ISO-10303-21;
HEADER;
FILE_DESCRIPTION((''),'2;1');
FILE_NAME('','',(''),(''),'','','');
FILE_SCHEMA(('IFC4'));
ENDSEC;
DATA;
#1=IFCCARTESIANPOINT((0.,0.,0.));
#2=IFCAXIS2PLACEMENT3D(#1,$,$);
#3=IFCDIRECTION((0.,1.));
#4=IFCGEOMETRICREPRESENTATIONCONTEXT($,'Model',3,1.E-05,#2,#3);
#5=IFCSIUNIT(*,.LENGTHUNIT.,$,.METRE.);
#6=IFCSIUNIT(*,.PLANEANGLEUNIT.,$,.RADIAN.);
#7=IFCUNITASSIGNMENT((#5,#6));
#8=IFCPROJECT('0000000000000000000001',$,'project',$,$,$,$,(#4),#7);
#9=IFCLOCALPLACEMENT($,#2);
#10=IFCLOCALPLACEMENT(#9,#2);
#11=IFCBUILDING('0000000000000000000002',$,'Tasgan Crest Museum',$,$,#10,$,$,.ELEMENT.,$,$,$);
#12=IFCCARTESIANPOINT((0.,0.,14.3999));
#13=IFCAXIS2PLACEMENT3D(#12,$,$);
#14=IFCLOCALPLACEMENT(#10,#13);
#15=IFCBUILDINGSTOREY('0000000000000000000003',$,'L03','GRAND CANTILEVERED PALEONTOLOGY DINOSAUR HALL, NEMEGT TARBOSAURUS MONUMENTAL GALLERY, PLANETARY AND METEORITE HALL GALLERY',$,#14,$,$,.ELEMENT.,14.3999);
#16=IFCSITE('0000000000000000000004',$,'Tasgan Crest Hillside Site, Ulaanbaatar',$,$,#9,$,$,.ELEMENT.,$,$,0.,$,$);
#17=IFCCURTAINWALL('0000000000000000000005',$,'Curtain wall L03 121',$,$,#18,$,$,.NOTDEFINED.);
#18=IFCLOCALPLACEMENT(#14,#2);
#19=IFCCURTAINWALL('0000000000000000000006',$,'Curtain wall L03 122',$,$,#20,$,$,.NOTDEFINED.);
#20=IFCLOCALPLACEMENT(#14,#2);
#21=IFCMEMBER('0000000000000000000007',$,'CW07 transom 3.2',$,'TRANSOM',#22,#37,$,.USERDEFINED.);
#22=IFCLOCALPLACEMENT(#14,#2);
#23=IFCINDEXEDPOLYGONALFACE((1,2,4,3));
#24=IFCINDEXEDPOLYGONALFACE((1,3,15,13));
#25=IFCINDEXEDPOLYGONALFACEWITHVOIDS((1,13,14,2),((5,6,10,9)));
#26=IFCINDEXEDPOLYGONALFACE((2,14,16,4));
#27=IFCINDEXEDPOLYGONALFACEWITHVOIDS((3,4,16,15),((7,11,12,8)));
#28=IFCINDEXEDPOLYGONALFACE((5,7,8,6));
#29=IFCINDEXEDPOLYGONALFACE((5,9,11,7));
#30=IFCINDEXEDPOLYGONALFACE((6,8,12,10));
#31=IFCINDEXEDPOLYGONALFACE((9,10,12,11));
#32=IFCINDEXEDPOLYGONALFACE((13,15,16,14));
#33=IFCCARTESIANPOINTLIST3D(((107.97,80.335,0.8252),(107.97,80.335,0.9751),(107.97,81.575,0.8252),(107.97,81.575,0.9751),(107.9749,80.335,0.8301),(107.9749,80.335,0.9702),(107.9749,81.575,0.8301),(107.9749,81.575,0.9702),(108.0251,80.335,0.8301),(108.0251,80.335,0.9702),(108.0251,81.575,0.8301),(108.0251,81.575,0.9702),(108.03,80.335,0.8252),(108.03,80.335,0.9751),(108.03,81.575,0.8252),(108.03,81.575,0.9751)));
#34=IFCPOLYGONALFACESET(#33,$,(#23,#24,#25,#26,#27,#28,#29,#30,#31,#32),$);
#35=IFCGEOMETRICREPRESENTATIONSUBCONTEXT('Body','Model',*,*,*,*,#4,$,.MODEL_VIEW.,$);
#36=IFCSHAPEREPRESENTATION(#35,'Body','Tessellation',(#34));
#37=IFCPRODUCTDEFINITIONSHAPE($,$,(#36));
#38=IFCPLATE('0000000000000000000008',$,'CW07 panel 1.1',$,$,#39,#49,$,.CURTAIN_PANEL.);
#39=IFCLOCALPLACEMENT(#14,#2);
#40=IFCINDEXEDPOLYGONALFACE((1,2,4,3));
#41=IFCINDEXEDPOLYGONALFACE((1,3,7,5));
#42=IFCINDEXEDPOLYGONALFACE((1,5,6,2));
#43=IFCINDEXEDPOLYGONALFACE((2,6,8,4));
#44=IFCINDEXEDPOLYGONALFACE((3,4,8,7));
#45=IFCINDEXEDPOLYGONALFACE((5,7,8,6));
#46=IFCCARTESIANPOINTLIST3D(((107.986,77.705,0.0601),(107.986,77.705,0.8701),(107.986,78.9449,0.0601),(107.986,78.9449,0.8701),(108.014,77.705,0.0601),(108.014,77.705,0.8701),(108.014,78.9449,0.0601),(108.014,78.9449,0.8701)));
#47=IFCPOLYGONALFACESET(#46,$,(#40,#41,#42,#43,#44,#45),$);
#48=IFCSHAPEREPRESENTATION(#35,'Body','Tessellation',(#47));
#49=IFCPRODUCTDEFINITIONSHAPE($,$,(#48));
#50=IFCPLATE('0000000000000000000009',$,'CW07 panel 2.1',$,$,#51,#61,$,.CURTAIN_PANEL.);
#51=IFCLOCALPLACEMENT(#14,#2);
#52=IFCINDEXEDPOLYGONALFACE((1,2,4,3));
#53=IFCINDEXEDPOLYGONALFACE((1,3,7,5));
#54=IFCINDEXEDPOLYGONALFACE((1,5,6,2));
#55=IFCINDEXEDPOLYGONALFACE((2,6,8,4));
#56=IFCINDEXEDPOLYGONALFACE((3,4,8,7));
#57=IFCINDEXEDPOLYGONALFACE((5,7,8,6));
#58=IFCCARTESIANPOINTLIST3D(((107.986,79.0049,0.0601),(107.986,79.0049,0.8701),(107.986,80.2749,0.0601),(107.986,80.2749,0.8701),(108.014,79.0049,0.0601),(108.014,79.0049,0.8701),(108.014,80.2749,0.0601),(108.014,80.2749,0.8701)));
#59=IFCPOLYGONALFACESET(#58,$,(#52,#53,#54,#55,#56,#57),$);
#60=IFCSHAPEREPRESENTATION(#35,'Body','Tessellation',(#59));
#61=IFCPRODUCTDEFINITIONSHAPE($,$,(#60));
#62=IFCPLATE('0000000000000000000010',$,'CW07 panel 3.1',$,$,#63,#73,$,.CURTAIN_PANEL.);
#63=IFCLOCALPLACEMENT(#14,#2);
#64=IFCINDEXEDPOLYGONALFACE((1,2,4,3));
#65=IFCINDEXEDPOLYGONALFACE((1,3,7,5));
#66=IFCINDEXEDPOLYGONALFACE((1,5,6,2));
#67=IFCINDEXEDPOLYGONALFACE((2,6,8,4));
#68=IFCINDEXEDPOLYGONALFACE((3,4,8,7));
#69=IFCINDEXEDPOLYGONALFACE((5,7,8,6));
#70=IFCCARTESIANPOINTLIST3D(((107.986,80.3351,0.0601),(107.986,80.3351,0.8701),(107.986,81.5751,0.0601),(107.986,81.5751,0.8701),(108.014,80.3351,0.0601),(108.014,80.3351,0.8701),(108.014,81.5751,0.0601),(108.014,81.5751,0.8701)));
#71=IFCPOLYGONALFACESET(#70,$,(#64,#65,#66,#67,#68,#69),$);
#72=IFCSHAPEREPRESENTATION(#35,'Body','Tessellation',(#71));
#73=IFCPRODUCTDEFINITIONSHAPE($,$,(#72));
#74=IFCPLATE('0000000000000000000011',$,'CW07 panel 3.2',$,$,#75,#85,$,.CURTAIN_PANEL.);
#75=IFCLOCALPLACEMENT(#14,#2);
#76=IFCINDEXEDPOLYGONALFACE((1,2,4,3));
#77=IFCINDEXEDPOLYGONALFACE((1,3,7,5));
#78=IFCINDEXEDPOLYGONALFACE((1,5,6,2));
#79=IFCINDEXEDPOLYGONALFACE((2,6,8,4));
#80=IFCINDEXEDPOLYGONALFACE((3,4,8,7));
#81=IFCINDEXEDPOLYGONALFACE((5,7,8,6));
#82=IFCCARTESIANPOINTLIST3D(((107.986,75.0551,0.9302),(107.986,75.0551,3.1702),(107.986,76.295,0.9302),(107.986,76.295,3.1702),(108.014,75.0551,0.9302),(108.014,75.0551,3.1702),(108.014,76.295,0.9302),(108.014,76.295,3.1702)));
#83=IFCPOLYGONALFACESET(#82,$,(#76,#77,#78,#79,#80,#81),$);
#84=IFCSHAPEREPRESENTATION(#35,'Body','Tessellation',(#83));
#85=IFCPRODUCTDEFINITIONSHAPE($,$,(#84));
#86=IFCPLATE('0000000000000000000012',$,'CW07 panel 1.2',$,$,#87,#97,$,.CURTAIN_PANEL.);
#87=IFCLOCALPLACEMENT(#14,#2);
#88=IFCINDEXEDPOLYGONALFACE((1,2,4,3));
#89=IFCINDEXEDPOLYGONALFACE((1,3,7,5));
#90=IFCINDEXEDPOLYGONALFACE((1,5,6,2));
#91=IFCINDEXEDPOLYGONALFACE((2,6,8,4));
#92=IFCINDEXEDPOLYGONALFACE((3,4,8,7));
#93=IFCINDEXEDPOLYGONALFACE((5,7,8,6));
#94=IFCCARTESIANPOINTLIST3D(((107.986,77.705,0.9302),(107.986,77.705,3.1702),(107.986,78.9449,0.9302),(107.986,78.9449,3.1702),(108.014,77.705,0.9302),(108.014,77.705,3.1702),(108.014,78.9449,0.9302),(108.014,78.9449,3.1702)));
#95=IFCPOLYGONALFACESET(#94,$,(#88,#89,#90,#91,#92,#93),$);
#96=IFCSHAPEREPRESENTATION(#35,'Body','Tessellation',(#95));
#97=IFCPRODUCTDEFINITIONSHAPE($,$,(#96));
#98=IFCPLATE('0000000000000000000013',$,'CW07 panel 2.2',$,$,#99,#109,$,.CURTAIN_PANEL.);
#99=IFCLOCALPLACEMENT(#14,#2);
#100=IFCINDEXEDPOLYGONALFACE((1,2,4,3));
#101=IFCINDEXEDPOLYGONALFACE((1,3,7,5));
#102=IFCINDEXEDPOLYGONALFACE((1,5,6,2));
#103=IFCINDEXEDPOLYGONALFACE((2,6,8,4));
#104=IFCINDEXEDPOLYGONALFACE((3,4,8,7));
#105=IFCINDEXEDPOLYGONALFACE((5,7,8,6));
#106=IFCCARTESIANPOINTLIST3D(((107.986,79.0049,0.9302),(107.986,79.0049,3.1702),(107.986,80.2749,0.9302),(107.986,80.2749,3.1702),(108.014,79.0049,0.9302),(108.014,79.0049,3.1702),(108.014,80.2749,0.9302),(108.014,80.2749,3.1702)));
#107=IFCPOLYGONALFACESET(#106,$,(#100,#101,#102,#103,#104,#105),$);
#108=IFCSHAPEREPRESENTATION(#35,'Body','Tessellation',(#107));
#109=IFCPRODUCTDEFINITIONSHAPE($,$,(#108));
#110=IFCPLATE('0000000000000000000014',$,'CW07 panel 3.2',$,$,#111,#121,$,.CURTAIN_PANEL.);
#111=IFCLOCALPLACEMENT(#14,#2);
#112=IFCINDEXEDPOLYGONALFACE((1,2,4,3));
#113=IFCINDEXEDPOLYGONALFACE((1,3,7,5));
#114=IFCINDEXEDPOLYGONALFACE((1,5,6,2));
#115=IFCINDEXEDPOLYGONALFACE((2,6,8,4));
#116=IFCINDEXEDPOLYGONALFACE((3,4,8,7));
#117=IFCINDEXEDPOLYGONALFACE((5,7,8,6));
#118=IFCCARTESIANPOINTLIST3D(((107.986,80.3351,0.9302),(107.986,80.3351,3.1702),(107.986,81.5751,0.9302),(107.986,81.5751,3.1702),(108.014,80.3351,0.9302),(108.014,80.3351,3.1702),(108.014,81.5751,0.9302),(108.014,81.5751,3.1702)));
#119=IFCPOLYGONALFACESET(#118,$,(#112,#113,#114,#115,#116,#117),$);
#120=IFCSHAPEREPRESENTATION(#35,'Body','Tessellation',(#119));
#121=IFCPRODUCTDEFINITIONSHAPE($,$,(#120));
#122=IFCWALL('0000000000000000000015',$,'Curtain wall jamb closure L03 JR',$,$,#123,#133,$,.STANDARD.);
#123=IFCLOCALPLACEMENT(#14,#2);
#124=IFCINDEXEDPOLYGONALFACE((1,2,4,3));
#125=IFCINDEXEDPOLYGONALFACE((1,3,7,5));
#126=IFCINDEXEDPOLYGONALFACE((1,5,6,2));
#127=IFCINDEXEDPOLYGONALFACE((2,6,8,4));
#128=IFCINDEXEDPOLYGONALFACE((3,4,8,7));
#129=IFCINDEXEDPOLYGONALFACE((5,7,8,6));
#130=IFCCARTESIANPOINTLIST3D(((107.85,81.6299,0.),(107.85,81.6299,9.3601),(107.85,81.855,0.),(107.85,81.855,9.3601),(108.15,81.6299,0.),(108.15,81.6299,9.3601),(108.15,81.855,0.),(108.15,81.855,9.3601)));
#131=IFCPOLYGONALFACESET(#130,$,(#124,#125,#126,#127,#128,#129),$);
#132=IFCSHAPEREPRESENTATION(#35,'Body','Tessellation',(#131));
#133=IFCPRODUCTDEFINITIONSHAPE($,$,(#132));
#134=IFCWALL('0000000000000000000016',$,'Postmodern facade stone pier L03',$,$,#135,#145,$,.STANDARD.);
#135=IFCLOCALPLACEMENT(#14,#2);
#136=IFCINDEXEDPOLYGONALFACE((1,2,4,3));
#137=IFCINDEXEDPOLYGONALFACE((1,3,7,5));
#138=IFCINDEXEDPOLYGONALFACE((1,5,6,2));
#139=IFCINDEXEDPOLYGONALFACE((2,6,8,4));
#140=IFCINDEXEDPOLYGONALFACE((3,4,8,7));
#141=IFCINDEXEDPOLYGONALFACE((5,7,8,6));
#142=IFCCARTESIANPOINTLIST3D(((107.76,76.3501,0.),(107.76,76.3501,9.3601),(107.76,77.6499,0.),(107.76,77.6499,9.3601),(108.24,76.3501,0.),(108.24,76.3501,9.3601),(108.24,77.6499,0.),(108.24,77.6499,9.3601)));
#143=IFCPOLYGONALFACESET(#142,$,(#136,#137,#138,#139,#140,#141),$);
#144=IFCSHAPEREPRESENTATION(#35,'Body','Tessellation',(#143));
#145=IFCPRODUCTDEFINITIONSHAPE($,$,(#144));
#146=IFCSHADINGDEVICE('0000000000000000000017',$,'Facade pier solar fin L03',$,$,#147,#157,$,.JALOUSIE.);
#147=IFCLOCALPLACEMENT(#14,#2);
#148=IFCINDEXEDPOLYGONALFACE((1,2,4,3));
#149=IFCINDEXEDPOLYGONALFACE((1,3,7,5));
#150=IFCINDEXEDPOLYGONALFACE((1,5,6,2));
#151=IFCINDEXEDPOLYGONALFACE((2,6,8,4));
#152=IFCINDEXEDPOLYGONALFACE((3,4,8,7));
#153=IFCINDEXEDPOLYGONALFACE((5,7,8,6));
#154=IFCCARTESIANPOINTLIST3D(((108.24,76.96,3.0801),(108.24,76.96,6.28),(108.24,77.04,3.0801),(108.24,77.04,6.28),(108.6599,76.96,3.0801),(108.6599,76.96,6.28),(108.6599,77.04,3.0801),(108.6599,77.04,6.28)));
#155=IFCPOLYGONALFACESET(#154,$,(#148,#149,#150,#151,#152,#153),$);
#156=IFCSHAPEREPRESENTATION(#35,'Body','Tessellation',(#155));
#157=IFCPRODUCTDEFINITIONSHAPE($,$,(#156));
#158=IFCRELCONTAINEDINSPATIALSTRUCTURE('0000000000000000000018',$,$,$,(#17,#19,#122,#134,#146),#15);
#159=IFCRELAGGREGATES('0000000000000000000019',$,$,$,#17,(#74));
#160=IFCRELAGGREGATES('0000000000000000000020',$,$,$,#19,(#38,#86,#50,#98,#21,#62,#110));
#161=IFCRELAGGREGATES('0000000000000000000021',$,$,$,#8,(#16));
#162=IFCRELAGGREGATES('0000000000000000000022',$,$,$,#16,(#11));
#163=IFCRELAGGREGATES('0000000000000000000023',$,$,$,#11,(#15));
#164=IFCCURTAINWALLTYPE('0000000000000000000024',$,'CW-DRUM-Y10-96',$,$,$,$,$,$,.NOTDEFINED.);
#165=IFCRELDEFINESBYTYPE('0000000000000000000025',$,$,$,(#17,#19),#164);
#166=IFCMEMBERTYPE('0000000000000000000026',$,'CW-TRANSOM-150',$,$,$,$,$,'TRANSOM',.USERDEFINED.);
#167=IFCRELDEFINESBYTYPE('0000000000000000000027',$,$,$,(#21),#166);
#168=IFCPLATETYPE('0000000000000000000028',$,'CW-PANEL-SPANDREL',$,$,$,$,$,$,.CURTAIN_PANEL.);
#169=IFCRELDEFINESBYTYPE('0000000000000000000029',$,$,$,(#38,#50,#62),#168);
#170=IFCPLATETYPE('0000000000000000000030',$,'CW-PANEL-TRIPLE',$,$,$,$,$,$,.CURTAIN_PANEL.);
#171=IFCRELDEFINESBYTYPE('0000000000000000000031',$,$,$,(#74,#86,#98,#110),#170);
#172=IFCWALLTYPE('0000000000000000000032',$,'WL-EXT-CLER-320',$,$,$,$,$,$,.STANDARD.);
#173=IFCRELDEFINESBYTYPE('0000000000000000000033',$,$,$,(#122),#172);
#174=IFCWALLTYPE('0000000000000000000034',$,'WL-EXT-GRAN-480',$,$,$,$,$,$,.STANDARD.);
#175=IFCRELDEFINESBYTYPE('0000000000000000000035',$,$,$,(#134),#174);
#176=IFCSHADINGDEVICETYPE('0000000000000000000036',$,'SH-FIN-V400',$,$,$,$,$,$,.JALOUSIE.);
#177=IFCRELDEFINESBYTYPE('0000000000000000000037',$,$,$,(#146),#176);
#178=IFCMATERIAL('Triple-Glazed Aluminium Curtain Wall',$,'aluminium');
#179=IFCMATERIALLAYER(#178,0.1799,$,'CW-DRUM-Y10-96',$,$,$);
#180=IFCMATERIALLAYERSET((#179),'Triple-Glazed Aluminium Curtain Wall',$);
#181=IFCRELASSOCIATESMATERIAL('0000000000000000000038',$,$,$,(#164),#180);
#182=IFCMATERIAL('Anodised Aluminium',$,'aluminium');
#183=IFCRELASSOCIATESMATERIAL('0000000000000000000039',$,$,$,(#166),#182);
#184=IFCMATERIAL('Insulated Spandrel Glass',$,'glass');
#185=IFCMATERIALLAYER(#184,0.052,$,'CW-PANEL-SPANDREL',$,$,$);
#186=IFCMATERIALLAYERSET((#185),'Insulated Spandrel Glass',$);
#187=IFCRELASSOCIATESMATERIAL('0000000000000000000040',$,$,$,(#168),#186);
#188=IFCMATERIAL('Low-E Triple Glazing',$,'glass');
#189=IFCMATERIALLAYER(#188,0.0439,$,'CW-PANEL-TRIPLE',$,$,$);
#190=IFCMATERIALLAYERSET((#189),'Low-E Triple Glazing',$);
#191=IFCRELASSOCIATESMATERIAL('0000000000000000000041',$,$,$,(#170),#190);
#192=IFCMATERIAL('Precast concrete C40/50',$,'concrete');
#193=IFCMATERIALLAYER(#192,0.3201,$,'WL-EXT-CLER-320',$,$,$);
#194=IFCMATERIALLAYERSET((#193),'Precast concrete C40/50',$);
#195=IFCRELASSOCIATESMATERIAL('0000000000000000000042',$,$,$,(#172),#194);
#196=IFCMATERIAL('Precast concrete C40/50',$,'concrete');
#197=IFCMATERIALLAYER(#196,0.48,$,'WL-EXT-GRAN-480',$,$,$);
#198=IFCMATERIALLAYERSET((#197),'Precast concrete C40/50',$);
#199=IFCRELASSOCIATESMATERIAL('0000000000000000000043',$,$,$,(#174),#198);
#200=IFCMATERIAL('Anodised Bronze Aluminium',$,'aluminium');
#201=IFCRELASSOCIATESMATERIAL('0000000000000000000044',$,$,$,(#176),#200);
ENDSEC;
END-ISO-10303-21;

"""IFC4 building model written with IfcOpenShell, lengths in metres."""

from ifc_helpers import new_model, si_unit, direction, frame, frame_2d, origin, origin_2d, place, context, subcontext, project, spatial, rectangle, hollow_rectangle, extrude, material, layer, layer_set, material_profile, profile_set, type_object, element, aggregate, save


model = new_model("IFC4")

# Units and contexts
model_context = context("Model", 3, precision=1e-05, world=origin(), true_north=direction((0.0, 1.0)))
body_context = subcontext(model_context, "Body", "Model", "MODEL_VIEW")
ifc_project = project(units=[si_unit("LENGTHUNIT", "METRE"), si_unit("PLANEANGLEUNIT", "RADIAN")], contexts=[model_context])

# Site, building, storey
site_placement = place(None, origin())
site = spatial("IfcSite", under=ifc_project, at=site_placement, Name="Tasgan Crest Hillside Site, Ulaanbaatar", CompositionType="ELEMENT", RefElevation=0.0)
building_placement = place(site_placement, origin())
building = spatial("IfcBuilding", under=site, at=building_placement, Name="Tasgan Crest Museum", CompositionType="ELEMENT")
storey_placement = place(building_placement, frame((0.0, 0.0, 14.3999)))
storey = spatial("IfcBuildingStorey", under=building, at=storey_placement, Name="L03", Description="GRAND CANTILEVERED PALEONTOLOGY DINOSAUR HALL, NEMEGT TARBOSAURUS MONUMENTAL GALLERY, PLANETARY AND METEORITE HALL GALLERY", CompositionType="ELEMENT", Elevation=14.3999)

# Curtain wall
ifc_material_1 = material(Name="Triple-Glazed Aluminium Curtain Wall", Category="aluminium")
ifc_layer_1 = layer(ifc_material_1, 0.1799, Name="CW-DRUM-Y10-96")
ifc_layer_set_1 = layer_set([ifc_layer_1], Name="Triple-Glazed Aluminium Curtain Wall")
curtain_wall_type = type_object("IfcCurtainWallType", Name="CW-DRUM-Y10-96", PredefinedType="NOTDEFINED", material=ifc_layer_set_1)
curtain_wall_1_placement = place(storey_placement, origin())
curtain_wall_1 = element("IfcCurtainWall", 1, at=curtain_wall_1_placement, inside=storey, type_object=curtain_wall_type, Name="Curtain wall L03 121", PredefinedType="NOTDEFINED")

# Curtain wall, member, plates
curtain_wall_2_placement = place(storey_placement, origin())
curtain_wall_2 = element("IfcCurtainWall", 2, at=curtain_wall_2_placement, inside=storey, type_object=curtain_wall_type, Name="Curtain wall L03 122", PredefinedType="NOTDEFINED")
ifc_material_2 = material(Name="Anodised Aluminium", Category="aluminium")
ifc_material_profile_1 = material_profile(ifc_material_2, hollow_rectangle(XDim=0.0601, YDim=0.1499, WallThickness=0.0049, at=origin_2d()), Name="ALU TRANSOM 150x60x5")
ifc_profile_set_1 = profile_set([ifc_material_profile_1], Name="Anodised Aluminium")
member_type_1 = type_object("IfcMemberType", Name="CW-TRANSOM-150", ElementType="TRANSOM", PredefinedType="USERDEFINED", material=ifc_profile_set_1)
member_1_placement = place(storey_placement, frame((108.0, 80.335, 0.9001), z_axis=(0.0, 1.0, 0.0), x_axis=(-1.0, 0.0, 0.0)))
member_1 = element("IfcMember", 3, at=member_1_placement, type_object=member_type_1, Name="CW07 transom 3.2", ObjectType="TRANSOM", PredefinedType="USERDEFINED", context=body_context, shape_type="SweptSolid", body=[
    extrude(hollow_rectangle(XDim=0.0601, YDim=0.1499, WallThickness=0.0049, at=origin_2d()), origin(), (0.0, 0.0, 1.0), 1.24),
])
ifc_material_3 = material(Name="Insulated Spandrel Glass", Category="glass")
ifc_layer_2 = layer(ifc_material_3, 0.052, Name="CW-PANEL-SPANDREL")
ifc_layer_set_2 = layer_set([ifc_layer_2], Name="Insulated Spandrel Glass")
plate_type_1 = type_object("IfcPlateType", Name="CW-PANEL-SPANDREL", PredefinedType="CURTAIN_PANEL", material=ifc_layer_set_2)
plate_1_placement = place(storey_placement, frame((108.0, 78.325, 0.0601), z_axis=(0.0, 0.0, 1.0), x_axis=(0.0, 1.0, 0.0)))
plate_1 = element("IfcPlate", 4, at=plate_1_placement, type_object=plate_type_1, Name="CW07 panel 1.1", PredefinedType="CURTAIN_PANEL", context=body_context, shape_type="SweptSolid", body=[
    extrude(rectangle(XDim=1.24, YDim=0.0281, at=origin_2d()), origin(), (0.0, 0.0, 1.0), 0.8101),
])
plate_2_placement = place(storey_placement, frame((108.0, 79.6399, 0.0601), z_axis=(0.0, 0.0, 1.0), x_axis=(0.0, 1.0, 0.0)))
plate_2 = element("IfcPlate", 5, at=plate_2_placement, type_object=plate_type_1, Name="CW07 panel 2.1", PredefinedType="CURTAIN_PANEL", context=body_context, shape_type="SweptSolid", body=[
    extrude(rectangle(XDim=1.27, YDim=0.0281, at=origin_2d()), origin(), (0.0, 0.0, 1.0), 0.8101),
])
plate_3_placement = place(storey_placement, frame((108.0, 80.9551, 0.0601), z_axis=(0.0, 0.0, 1.0), x_axis=(0.0, 1.0, 0.0)))
plate_3 = element("IfcPlate", 6, at=plate_3_placement, type_object=plate_type_1, Name="CW07 panel 3.1", PredefinedType="CURTAIN_PANEL", context=body_context, shape_type="SweptSolid", body=[
    extrude(rectangle(XDim=1.24, YDim=0.0281, at=origin_2d()), origin(), (0.0, 0.0, 1.0), 0.8101),
])

# Plates
ifc_material_4 = material(Name="Low-E Triple Glazing", Category="glass")
ifc_layer_3 = layer(ifc_material_4, 0.0439, Name="CW-PANEL-TRIPLE")
ifc_layer_set_3 = layer_set([ifc_layer_3], Name="Low-E Triple Glazing")
plate_type_2 = type_object("IfcPlateType", Name="CW-PANEL-TRIPLE", PredefinedType="CURTAIN_PANEL", material=ifc_layer_set_3)
plate_4_placement = place(storey_placement, frame((108.0, 75.675, 0.9302), z_axis=(0.0, 0.0, 1.0), x_axis=(0.0, 1.0, 0.0)))
plate_4 = element("IfcPlate", 7, at=plate_4_placement, type_object=plate_type_2, Name="CW07 panel 3.2", PredefinedType="CURTAIN_PANEL", context=body_context, shape_type="SweptSolid", body=[
    extrude(rectangle(XDim=1.24, YDim=0.0281, at=origin_2d()), origin(), (0.0, 0.0, 1.0), 2.24),
])
aggregate(curtain_wall_1, [plate_4])
plate_5_placement = place(storey_placement, frame((108.0, 78.325, 0.9302), z_axis=(0.0, 0.0, 1.0), x_axis=(0.0, 1.0, 0.0)))
plate_5 = element("IfcPlate", 8, at=plate_5_placement, type_object=plate_type_2, Name="CW07 panel 1.2", PredefinedType="CURTAIN_PANEL", context=body_context, shape_type="SweptSolid", body=[
    extrude(rectangle(XDim=1.24, YDim=0.0281, at=origin_2d()), origin(), (0.0, 0.0, 1.0), 2.24),
])
plate_6_placement = place(storey_placement, frame((108.0, 79.6399, 0.9302), z_axis=(0.0, 0.0, 1.0), x_axis=(0.0, 1.0, 0.0)))
plate_6 = element("IfcPlate", 9, at=plate_6_placement, type_object=plate_type_2, Name="CW07 panel 2.2", PredefinedType="CURTAIN_PANEL", context=body_context, shape_type="SweptSolid", body=[
    extrude(rectangle(XDim=1.27, YDim=0.0281, at=origin_2d()), origin(), (0.0, 0.0, 1.0), 2.24),
])
plate_7_placement = place(storey_placement, frame((108.0, 80.9551, 0.9302), z_axis=(0.0, 0.0, 1.0), x_axis=(0.0, 1.0, 0.0)))
plate_7 = element("IfcPlate", 10, at=plate_7_placement, type_object=plate_type_2, Name="CW07 panel 3.2", PredefinedType="CURTAIN_PANEL", context=body_context, shape_type="SweptSolid", body=[
    extrude(rectangle(XDim=1.24, YDim=0.0281, at=origin_2d()), origin(), (0.0, 0.0, 1.0), 2.24),
])
aggregate(curtain_wall_2, [plate_1, plate_5, plate_2, plate_6, member_1, plate_3, plate_7])

# Walls
ifc_material_5 = material(Name="Precast concrete C40/50", Category="concrete")
ifc_layer_4 = layer(ifc_material_5, 0.3201, Name="WL-EXT-CLER-320")
ifc_layer_set_4 = layer_set([ifc_layer_4], Name="Precast concrete C40/50")
wall_type_1 = type_object("IfcWallType", Name="WL-EXT-CLER-320", PredefinedType="STANDARD", material=ifc_layer_set_4)
wall_1_placement = place(storey_placement, frame((108.0, 81.6299, 0.0), z_axis=(0.0, 0.0, 1.0), x_axis=(0.0, 1.0, 0.0)))
element("IfcWall", 11, at=wall_1_placement, inside=storey, type_object=wall_type_1, Name="Curtain wall jamb closure L03 JR", PredefinedType="STANDARD", context=body_context, shape_type="SweptSolid", body=[
    extrude(rectangle(XDim=0.2251, YDim=0.3, at=frame_2d((0.1125, 0.0))), origin(), (0.0, 0.0, 1.0), 9.3601),
])
ifc_material_6 = material(Name="Precast concrete C40/50", Category="concrete")
ifc_layer_5 = layer(ifc_material_6, 0.48, Name="WL-EXT-GRAN-480")
ifc_layer_set_5 = layer_set([ifc_layer_5], Name="Precast concrete C40/50")
wall_type_2 = type_object("IfcWallType", Name="WL-EXT-GRAN-480", PredefinedType="STANDARD", material=ifc_layer_set_5)
wall_2_placement = place(storey_placement, frame((108.0, 76.3501, 0.0), z_axis=(0.0, 0.0, 1.0), x_axis=(0.0, 1.0, 0.0)))
element("IfcWall", 12, at=wall_2_placement, inside=storey, type_object=wall_type_2, Name="Postmodern facade stone pier L03", PredefinedType="STANDARD", context=body_context, shape_type="SweptSolid", body=[
    extrude(rectangle(XDim=1.2998, YDim=0.48, at=frame_2d((0.6499, 0.0))), origin(), (0.0, 0.0, 1.0), 9.3601),
])

# Shading device
ifc_material_7 = material(Name="Anodised Bronze Aluminium", Category="aluminium")
shading_device_type = type_object("IfcShadingDeviceType", Name="SH-FIN-V400", PredefinedType="JALOUSIE", material=ifc_material_7)
shading_device_placement = place(storey_placement, frame((108.45, 77.0, 3.0801), z_axis=(0.0, 0.0, 1.0), x_axis=(0.0, 1.0, 0.0)))
element("IfcShadingDevice", 13, at=shading_device_placement, inside=storey, type_object=shading_device_type, Name="Facade pier solar fin L03", PredefinedType="JALOUSIE", context=body_context, shape_type="SweptSolid", body=[
    extrude(rectangle(XDim=0.0801, YDim=0.4199, at=origin_2d()), origin(), (0.0, 0.0, 1.0), 3.2),
])

save(model, "model.ifc")
